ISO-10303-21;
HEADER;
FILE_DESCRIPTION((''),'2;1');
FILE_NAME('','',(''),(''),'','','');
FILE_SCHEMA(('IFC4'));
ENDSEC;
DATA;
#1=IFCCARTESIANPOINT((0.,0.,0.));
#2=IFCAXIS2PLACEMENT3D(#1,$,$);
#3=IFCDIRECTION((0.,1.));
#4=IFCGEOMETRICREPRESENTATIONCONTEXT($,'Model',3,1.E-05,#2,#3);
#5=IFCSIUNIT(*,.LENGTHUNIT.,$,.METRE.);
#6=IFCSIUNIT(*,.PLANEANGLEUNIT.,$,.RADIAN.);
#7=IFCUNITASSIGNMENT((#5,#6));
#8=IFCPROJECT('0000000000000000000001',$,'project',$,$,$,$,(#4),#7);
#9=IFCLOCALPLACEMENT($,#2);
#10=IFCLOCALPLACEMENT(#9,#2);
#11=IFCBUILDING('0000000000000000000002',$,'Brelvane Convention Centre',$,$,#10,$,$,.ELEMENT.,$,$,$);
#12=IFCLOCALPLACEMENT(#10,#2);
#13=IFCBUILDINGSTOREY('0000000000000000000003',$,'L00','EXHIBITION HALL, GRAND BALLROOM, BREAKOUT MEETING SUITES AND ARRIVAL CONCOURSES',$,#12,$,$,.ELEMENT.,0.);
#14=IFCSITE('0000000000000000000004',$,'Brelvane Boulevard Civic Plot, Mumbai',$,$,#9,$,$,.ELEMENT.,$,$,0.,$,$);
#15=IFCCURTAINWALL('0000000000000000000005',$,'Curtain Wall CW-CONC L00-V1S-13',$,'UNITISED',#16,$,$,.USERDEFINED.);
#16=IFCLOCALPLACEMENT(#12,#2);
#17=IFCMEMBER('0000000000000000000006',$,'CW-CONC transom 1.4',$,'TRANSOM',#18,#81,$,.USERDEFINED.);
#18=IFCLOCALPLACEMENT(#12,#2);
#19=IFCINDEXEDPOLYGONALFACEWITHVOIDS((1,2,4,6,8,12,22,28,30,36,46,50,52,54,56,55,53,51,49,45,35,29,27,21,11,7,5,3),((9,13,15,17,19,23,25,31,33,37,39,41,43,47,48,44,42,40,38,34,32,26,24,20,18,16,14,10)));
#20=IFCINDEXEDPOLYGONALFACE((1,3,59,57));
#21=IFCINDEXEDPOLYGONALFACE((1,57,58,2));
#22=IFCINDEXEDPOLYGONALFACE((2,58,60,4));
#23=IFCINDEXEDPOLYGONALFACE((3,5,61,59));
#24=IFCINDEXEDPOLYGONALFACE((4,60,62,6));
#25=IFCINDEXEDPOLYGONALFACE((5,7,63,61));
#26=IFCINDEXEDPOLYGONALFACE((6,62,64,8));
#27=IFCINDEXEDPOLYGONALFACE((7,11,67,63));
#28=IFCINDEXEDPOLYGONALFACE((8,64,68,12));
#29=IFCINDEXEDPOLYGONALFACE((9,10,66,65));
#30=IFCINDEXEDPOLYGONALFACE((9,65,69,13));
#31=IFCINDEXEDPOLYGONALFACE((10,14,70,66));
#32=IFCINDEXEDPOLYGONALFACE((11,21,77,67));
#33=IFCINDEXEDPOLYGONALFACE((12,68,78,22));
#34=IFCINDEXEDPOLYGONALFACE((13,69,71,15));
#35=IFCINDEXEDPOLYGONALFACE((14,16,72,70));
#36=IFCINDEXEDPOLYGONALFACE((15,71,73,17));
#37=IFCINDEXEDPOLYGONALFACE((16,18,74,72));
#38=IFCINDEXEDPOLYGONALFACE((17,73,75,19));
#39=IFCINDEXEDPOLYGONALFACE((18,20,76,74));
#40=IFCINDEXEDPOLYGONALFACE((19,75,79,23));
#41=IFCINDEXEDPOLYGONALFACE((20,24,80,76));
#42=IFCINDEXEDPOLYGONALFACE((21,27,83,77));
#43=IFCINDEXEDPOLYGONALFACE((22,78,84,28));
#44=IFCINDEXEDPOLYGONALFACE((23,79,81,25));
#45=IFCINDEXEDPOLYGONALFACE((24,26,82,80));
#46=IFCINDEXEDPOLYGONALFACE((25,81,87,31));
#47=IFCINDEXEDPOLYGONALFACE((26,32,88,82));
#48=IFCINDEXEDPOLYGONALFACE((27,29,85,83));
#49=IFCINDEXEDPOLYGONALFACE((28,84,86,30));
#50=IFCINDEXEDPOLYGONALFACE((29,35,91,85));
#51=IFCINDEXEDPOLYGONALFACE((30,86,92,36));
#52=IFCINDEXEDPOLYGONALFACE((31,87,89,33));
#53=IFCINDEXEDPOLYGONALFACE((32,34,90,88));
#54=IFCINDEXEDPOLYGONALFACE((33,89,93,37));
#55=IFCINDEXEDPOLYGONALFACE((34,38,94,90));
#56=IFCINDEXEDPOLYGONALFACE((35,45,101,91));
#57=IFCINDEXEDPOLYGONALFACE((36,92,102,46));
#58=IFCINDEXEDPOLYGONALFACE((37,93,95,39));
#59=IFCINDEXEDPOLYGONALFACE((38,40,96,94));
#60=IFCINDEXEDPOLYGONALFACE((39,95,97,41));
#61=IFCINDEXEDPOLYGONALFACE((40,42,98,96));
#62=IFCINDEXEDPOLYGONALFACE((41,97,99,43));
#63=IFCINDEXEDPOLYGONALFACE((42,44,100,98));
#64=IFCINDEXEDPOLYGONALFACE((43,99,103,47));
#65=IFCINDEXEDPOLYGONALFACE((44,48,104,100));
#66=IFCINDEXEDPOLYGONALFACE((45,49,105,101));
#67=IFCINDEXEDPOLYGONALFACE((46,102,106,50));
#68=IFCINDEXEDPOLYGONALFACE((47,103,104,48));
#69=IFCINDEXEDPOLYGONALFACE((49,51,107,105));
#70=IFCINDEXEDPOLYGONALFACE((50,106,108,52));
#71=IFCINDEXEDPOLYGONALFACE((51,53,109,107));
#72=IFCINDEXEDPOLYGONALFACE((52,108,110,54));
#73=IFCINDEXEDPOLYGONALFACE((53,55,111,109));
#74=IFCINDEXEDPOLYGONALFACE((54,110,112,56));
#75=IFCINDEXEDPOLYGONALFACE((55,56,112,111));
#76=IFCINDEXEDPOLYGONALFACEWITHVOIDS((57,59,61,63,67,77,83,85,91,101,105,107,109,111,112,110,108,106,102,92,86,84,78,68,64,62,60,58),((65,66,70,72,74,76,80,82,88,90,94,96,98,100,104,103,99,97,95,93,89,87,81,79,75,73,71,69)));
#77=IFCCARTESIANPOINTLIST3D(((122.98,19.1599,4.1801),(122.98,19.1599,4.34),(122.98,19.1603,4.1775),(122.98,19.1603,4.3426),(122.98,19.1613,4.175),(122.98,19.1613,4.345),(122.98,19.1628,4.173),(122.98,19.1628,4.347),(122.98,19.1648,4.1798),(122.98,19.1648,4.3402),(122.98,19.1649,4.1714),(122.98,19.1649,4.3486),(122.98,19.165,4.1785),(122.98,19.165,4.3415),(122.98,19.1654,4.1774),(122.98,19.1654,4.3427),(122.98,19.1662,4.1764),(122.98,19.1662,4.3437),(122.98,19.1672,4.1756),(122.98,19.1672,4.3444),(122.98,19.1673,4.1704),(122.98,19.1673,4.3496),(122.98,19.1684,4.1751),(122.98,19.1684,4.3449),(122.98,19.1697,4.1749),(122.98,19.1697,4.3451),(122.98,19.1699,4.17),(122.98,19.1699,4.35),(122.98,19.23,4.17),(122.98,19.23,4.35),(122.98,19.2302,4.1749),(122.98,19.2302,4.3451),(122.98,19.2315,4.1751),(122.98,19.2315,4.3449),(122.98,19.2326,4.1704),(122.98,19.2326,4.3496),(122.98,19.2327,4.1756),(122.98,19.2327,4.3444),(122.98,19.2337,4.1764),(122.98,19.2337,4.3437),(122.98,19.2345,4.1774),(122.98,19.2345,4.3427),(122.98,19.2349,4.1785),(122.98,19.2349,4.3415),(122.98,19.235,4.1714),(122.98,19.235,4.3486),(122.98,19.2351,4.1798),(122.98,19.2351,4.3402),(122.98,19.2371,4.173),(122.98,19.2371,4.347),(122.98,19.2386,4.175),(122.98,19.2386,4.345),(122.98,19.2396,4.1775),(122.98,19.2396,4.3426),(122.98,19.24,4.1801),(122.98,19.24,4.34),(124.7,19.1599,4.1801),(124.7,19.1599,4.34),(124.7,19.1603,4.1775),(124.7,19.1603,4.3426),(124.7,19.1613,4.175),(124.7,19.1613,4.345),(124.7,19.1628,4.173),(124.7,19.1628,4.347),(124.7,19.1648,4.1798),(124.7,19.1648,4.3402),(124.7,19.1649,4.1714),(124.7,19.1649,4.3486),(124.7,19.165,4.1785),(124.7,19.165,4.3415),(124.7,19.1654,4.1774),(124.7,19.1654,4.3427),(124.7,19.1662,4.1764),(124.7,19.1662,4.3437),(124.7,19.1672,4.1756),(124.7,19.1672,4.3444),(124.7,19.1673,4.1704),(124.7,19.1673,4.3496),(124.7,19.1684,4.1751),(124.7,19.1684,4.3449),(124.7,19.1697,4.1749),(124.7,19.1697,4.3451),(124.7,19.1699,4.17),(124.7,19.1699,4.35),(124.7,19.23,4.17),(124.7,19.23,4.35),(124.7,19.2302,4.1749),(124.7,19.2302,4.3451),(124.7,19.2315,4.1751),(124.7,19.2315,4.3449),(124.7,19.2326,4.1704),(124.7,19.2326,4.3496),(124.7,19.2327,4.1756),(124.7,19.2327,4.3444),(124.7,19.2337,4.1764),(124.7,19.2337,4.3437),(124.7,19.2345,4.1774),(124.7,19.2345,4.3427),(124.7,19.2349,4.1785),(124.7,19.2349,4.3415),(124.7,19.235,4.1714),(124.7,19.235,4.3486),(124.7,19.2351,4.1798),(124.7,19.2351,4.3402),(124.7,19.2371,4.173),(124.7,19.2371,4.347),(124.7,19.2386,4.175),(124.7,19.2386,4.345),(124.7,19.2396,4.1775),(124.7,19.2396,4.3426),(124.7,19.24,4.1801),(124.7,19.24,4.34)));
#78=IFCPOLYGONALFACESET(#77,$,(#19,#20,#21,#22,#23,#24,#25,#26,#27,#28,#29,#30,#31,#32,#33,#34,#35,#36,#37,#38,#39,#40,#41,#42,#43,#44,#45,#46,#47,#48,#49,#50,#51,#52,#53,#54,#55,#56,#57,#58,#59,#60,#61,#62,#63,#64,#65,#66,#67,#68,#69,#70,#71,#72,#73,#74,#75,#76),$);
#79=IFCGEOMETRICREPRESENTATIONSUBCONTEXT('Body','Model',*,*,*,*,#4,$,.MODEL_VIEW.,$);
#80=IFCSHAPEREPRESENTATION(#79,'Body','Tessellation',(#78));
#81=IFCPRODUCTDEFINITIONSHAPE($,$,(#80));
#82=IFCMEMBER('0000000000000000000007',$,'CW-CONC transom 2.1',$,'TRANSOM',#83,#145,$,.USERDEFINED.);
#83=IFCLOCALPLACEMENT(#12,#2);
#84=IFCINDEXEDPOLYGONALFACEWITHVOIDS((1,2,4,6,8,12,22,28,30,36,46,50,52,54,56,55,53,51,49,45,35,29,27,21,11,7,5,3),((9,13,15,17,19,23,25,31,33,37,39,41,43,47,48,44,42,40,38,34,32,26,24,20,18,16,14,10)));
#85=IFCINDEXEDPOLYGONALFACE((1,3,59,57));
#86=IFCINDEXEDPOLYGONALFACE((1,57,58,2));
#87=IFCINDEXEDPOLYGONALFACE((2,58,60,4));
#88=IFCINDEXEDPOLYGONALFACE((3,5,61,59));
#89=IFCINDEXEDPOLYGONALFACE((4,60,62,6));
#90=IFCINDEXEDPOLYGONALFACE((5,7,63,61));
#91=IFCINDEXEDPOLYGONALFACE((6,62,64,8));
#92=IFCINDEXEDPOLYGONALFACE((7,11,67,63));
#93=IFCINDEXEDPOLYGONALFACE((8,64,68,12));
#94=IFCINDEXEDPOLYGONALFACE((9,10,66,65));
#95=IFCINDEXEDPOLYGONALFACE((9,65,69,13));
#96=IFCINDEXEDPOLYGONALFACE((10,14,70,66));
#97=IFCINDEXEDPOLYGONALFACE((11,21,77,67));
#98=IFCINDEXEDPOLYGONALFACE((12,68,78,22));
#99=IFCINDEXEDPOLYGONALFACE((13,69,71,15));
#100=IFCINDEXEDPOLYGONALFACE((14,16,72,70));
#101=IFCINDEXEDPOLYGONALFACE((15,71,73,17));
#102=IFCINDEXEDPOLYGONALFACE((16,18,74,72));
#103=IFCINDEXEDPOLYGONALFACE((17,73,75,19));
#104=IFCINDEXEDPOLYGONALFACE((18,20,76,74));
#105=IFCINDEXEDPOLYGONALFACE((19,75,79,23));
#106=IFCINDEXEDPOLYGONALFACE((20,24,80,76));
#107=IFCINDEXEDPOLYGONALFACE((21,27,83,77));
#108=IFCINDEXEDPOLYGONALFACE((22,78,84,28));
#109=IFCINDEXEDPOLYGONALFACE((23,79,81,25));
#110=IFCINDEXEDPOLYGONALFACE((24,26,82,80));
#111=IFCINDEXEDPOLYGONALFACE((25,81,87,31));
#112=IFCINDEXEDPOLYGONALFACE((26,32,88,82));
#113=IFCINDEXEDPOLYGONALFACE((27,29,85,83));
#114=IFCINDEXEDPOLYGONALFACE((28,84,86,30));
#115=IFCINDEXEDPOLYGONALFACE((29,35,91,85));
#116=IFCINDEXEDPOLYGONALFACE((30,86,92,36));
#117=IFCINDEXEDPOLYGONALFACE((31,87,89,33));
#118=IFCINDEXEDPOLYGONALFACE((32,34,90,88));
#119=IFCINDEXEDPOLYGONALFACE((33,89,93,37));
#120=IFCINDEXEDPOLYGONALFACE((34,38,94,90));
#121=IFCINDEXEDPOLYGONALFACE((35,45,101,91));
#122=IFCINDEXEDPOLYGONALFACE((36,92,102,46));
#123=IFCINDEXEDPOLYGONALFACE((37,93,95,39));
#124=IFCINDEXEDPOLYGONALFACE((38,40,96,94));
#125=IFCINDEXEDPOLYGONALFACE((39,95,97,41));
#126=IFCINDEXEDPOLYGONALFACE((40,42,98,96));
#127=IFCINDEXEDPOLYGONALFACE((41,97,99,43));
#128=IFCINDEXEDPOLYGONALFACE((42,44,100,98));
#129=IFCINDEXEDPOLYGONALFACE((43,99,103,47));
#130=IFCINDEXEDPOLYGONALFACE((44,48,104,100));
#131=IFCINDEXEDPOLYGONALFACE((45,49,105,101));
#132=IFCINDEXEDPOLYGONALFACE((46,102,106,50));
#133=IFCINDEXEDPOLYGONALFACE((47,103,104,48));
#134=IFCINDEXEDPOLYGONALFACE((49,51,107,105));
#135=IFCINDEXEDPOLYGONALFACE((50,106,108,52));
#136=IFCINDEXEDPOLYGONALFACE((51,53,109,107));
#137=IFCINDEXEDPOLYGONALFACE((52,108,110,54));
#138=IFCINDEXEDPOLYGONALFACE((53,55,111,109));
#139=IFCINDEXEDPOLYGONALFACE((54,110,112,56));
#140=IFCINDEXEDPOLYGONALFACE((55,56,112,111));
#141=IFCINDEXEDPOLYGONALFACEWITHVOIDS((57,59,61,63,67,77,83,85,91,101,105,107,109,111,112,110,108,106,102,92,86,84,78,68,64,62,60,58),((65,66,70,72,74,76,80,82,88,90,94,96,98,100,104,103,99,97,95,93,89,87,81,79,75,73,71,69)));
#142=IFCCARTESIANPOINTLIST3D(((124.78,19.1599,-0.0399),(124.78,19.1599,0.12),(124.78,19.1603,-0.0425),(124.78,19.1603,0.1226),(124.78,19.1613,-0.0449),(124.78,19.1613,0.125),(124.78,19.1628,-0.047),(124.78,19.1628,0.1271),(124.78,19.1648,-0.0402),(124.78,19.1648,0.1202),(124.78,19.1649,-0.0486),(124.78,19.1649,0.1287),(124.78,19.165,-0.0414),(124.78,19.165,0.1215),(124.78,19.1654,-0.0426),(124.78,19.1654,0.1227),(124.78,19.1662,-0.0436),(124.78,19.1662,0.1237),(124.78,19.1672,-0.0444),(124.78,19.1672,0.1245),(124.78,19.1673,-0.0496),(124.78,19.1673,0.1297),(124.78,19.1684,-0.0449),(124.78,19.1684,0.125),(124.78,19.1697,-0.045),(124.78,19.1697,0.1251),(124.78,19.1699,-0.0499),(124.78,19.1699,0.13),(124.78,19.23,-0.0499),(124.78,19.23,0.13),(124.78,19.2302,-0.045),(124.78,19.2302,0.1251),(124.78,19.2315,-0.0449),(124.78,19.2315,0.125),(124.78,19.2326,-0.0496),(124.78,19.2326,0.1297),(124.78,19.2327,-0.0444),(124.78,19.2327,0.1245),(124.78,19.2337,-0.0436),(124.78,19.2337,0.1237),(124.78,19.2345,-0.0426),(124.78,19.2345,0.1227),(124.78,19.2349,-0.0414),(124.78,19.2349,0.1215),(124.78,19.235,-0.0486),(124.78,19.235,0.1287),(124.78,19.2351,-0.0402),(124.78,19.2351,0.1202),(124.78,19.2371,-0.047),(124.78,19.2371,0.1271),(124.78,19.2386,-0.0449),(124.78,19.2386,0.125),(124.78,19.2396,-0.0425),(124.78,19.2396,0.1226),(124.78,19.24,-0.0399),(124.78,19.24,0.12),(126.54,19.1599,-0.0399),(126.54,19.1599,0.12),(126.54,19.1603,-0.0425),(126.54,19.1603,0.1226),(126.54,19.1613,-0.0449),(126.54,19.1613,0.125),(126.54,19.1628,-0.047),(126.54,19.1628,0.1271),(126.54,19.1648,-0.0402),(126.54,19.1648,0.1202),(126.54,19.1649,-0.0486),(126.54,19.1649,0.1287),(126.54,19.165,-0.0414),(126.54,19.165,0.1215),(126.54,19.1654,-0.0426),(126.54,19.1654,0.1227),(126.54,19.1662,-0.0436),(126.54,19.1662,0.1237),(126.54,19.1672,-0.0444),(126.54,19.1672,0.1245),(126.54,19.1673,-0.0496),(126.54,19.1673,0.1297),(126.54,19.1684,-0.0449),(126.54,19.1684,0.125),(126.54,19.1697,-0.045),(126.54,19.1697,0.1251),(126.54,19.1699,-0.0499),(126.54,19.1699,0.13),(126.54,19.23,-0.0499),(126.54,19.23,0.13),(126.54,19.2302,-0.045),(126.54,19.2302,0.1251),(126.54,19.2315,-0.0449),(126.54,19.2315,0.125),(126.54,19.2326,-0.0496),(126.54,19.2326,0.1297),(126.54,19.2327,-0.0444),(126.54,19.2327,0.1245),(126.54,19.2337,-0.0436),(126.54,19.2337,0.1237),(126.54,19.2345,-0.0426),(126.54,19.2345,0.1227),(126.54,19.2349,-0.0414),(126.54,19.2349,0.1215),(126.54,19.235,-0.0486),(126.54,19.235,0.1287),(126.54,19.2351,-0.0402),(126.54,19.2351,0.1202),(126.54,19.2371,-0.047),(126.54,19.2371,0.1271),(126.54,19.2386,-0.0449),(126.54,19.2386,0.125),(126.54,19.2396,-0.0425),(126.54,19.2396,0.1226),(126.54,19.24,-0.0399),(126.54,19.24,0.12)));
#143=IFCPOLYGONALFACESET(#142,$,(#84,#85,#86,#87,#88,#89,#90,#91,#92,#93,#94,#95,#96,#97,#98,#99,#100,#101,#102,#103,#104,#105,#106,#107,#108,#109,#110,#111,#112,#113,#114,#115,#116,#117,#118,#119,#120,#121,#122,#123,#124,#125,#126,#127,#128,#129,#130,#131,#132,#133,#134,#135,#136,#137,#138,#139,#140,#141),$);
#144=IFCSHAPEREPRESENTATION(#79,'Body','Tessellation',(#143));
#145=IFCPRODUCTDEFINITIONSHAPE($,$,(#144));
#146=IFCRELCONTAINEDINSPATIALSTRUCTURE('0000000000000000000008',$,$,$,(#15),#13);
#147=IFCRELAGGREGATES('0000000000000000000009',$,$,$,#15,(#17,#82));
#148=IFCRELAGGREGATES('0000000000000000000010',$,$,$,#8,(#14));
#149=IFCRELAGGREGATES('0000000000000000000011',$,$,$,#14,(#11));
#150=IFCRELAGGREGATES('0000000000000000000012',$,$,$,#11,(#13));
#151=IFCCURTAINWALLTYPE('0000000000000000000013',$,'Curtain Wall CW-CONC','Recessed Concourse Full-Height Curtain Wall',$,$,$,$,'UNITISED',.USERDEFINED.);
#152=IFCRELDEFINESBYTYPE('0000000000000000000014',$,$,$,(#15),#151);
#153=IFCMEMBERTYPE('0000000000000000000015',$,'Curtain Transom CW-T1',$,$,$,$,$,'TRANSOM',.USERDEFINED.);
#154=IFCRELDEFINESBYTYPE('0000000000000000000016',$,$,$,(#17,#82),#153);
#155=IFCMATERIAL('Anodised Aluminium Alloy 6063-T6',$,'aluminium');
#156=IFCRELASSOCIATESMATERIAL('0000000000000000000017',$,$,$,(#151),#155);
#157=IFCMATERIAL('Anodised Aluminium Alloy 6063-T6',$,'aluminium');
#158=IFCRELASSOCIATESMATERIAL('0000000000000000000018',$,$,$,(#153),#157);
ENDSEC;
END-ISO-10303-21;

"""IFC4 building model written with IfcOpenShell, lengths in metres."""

from ifc_helpers import new_model, si_unit, direction, frame, origin, origin_2d, place, context, subcontext, project, spatial, hollow_rectangle, extrude, material, material_profile, profile_set, type_object, element, aggregate, save


model = new_model("IFC4")

# Units and contexts
model_context = context("Model", 3, precision=1e-05, world=origin(), true_north=direction((0.0, 1.0)))
body_context = subcontext(model_context, "Body", "Model", "MODEL_VIEW")
ifc_project = project(units=[si_unit("LENGTHUNIT", "METRE"), si_unit("PLANEANGLEUNIT", "RADIAN")], contexts=[model_context])

# Site, building, storey
site_placement = place(None, origin())
site = spatial("IfcSite", under=ifc_project, at=site_placement, Name="Brelvane Boulevard Civic Plot, Mumbai", CompositionType="ELEMENT", RefElevation=0.0)
building_placement = place(site_placement, origin())
building = spatial("IfcBuilding", under=site, at=building_placement, Name="Brelvane Convention Centre", CompositionType="ELEMENT")
storey_placement = place(building_placement, origin())
storey = spatial("IfcBuildingStorey", under=building, at=storey_placement, Name="L00", Description="EXHIBITION HALL, GRAND BALLROOM, BREAKOUT MEETING SUITES AND ARRIVAL CONCOURSES", CompositionType="ELEMENT", Elevation=0.0)

# Curtain wall, members
ifc_material_1 = material(Name="Anodised Aluminium Alloy 6063-T6", Category="aluminium")
curtain_wall_type = type_object("IfcCurtainWallType", Name="Curtain Wall CW-CONC", Description="Recessed Concourse Full-Height Curtain Wall", ElementType="UNITISED", PredefinedType="USERDEFINED", material=ifc_material_1)
curtain_wall_placement = place(storey_placement, origin())
curtain_wall = element("IfcCurtainWall", 1, at=curtain_wall_placement, inside=storey, type_object=curtain_wall_type, Name="Curtain Wall CW-CONC L00-V1S-13", ObjectType="UNITISED", PredefinedType="USERDEFINED")
ifc_material_2 = material(Name="Anodised Aluminium Alloy 6063-T6", Category="aluminium")
ifc_material_profile_1 = material_profile(ifc_material_2, hollow_rectangle(XDim=0.0801, YDim=0.1799, WallThickness=0.0049, InnerFilletRadius=0.0049, OuterFilletRadius=0.01, at=origin_2d()), Name="ALU-T 180x80x5.0")
ifc_profile_set_1 = profile_set([ifc_material_profile_1], Name="Anodised Aluminium Alloy 6063-T6")
member_type_1 = type_object("IfcMemberType", Name="Curtain Transom CW-T1", ElementType="TRANSOM", PredefinedType="USERDEFINED", material=ifc_profile_set_1)
member_1_placement = place(storey_placement, frame((122.98, 19.2, 4.26), z_axis=(1.0, 0.0, 0.0), x_axis=(0.0, 1.0, 0.0)))
member_1 = element("IfcMember", 2, at=member_1_placement, type_object=member_type_1, Name="CW-CONC transom 1.4", ObjectType="TRANSOM", PredefinedType="USERDEFINED", context=body_context, shape_type="SweptSolid", body=[
    extrude(hollow_rectangle(XDim=0.0801, YDim=0.1799, WallThickness=0.0049, InnerFilletRadius=0.0049, OuterFilletRadius=0.01, at=origin_2d()), origin(), (0.0, 0.0, 1.0), 1.72),
])
member_2_placement = place(storey_placement, frame((124.78, 19.2, 0.04), z_axis=(1.0, 0.0, 0.0), x_axis=(0.0, 1.0, 0.0)))
member_2 = element("IfcMember", 3, at=member_2_placement, type_object=member_type_1, Name="CW-CONC transom 2.1", ObjectType="TRANSOM", PredefinedType="USERDEFINED", context=body_context, shape_type="SweptSolid", body=[
    extrude(hollow_rectangle(XDim=0.0801, YDim=0.1799, WallThickness=0.0049, InnerFilletRadius=0.0049, OuterFilletRadius=0.01, at=origin_2d()), origin(), (0.0, 0.0, 1.0), 1.76),
])

aggregate(curtain_wall, [member_1, member_2])

save(model, "model.ifc")
